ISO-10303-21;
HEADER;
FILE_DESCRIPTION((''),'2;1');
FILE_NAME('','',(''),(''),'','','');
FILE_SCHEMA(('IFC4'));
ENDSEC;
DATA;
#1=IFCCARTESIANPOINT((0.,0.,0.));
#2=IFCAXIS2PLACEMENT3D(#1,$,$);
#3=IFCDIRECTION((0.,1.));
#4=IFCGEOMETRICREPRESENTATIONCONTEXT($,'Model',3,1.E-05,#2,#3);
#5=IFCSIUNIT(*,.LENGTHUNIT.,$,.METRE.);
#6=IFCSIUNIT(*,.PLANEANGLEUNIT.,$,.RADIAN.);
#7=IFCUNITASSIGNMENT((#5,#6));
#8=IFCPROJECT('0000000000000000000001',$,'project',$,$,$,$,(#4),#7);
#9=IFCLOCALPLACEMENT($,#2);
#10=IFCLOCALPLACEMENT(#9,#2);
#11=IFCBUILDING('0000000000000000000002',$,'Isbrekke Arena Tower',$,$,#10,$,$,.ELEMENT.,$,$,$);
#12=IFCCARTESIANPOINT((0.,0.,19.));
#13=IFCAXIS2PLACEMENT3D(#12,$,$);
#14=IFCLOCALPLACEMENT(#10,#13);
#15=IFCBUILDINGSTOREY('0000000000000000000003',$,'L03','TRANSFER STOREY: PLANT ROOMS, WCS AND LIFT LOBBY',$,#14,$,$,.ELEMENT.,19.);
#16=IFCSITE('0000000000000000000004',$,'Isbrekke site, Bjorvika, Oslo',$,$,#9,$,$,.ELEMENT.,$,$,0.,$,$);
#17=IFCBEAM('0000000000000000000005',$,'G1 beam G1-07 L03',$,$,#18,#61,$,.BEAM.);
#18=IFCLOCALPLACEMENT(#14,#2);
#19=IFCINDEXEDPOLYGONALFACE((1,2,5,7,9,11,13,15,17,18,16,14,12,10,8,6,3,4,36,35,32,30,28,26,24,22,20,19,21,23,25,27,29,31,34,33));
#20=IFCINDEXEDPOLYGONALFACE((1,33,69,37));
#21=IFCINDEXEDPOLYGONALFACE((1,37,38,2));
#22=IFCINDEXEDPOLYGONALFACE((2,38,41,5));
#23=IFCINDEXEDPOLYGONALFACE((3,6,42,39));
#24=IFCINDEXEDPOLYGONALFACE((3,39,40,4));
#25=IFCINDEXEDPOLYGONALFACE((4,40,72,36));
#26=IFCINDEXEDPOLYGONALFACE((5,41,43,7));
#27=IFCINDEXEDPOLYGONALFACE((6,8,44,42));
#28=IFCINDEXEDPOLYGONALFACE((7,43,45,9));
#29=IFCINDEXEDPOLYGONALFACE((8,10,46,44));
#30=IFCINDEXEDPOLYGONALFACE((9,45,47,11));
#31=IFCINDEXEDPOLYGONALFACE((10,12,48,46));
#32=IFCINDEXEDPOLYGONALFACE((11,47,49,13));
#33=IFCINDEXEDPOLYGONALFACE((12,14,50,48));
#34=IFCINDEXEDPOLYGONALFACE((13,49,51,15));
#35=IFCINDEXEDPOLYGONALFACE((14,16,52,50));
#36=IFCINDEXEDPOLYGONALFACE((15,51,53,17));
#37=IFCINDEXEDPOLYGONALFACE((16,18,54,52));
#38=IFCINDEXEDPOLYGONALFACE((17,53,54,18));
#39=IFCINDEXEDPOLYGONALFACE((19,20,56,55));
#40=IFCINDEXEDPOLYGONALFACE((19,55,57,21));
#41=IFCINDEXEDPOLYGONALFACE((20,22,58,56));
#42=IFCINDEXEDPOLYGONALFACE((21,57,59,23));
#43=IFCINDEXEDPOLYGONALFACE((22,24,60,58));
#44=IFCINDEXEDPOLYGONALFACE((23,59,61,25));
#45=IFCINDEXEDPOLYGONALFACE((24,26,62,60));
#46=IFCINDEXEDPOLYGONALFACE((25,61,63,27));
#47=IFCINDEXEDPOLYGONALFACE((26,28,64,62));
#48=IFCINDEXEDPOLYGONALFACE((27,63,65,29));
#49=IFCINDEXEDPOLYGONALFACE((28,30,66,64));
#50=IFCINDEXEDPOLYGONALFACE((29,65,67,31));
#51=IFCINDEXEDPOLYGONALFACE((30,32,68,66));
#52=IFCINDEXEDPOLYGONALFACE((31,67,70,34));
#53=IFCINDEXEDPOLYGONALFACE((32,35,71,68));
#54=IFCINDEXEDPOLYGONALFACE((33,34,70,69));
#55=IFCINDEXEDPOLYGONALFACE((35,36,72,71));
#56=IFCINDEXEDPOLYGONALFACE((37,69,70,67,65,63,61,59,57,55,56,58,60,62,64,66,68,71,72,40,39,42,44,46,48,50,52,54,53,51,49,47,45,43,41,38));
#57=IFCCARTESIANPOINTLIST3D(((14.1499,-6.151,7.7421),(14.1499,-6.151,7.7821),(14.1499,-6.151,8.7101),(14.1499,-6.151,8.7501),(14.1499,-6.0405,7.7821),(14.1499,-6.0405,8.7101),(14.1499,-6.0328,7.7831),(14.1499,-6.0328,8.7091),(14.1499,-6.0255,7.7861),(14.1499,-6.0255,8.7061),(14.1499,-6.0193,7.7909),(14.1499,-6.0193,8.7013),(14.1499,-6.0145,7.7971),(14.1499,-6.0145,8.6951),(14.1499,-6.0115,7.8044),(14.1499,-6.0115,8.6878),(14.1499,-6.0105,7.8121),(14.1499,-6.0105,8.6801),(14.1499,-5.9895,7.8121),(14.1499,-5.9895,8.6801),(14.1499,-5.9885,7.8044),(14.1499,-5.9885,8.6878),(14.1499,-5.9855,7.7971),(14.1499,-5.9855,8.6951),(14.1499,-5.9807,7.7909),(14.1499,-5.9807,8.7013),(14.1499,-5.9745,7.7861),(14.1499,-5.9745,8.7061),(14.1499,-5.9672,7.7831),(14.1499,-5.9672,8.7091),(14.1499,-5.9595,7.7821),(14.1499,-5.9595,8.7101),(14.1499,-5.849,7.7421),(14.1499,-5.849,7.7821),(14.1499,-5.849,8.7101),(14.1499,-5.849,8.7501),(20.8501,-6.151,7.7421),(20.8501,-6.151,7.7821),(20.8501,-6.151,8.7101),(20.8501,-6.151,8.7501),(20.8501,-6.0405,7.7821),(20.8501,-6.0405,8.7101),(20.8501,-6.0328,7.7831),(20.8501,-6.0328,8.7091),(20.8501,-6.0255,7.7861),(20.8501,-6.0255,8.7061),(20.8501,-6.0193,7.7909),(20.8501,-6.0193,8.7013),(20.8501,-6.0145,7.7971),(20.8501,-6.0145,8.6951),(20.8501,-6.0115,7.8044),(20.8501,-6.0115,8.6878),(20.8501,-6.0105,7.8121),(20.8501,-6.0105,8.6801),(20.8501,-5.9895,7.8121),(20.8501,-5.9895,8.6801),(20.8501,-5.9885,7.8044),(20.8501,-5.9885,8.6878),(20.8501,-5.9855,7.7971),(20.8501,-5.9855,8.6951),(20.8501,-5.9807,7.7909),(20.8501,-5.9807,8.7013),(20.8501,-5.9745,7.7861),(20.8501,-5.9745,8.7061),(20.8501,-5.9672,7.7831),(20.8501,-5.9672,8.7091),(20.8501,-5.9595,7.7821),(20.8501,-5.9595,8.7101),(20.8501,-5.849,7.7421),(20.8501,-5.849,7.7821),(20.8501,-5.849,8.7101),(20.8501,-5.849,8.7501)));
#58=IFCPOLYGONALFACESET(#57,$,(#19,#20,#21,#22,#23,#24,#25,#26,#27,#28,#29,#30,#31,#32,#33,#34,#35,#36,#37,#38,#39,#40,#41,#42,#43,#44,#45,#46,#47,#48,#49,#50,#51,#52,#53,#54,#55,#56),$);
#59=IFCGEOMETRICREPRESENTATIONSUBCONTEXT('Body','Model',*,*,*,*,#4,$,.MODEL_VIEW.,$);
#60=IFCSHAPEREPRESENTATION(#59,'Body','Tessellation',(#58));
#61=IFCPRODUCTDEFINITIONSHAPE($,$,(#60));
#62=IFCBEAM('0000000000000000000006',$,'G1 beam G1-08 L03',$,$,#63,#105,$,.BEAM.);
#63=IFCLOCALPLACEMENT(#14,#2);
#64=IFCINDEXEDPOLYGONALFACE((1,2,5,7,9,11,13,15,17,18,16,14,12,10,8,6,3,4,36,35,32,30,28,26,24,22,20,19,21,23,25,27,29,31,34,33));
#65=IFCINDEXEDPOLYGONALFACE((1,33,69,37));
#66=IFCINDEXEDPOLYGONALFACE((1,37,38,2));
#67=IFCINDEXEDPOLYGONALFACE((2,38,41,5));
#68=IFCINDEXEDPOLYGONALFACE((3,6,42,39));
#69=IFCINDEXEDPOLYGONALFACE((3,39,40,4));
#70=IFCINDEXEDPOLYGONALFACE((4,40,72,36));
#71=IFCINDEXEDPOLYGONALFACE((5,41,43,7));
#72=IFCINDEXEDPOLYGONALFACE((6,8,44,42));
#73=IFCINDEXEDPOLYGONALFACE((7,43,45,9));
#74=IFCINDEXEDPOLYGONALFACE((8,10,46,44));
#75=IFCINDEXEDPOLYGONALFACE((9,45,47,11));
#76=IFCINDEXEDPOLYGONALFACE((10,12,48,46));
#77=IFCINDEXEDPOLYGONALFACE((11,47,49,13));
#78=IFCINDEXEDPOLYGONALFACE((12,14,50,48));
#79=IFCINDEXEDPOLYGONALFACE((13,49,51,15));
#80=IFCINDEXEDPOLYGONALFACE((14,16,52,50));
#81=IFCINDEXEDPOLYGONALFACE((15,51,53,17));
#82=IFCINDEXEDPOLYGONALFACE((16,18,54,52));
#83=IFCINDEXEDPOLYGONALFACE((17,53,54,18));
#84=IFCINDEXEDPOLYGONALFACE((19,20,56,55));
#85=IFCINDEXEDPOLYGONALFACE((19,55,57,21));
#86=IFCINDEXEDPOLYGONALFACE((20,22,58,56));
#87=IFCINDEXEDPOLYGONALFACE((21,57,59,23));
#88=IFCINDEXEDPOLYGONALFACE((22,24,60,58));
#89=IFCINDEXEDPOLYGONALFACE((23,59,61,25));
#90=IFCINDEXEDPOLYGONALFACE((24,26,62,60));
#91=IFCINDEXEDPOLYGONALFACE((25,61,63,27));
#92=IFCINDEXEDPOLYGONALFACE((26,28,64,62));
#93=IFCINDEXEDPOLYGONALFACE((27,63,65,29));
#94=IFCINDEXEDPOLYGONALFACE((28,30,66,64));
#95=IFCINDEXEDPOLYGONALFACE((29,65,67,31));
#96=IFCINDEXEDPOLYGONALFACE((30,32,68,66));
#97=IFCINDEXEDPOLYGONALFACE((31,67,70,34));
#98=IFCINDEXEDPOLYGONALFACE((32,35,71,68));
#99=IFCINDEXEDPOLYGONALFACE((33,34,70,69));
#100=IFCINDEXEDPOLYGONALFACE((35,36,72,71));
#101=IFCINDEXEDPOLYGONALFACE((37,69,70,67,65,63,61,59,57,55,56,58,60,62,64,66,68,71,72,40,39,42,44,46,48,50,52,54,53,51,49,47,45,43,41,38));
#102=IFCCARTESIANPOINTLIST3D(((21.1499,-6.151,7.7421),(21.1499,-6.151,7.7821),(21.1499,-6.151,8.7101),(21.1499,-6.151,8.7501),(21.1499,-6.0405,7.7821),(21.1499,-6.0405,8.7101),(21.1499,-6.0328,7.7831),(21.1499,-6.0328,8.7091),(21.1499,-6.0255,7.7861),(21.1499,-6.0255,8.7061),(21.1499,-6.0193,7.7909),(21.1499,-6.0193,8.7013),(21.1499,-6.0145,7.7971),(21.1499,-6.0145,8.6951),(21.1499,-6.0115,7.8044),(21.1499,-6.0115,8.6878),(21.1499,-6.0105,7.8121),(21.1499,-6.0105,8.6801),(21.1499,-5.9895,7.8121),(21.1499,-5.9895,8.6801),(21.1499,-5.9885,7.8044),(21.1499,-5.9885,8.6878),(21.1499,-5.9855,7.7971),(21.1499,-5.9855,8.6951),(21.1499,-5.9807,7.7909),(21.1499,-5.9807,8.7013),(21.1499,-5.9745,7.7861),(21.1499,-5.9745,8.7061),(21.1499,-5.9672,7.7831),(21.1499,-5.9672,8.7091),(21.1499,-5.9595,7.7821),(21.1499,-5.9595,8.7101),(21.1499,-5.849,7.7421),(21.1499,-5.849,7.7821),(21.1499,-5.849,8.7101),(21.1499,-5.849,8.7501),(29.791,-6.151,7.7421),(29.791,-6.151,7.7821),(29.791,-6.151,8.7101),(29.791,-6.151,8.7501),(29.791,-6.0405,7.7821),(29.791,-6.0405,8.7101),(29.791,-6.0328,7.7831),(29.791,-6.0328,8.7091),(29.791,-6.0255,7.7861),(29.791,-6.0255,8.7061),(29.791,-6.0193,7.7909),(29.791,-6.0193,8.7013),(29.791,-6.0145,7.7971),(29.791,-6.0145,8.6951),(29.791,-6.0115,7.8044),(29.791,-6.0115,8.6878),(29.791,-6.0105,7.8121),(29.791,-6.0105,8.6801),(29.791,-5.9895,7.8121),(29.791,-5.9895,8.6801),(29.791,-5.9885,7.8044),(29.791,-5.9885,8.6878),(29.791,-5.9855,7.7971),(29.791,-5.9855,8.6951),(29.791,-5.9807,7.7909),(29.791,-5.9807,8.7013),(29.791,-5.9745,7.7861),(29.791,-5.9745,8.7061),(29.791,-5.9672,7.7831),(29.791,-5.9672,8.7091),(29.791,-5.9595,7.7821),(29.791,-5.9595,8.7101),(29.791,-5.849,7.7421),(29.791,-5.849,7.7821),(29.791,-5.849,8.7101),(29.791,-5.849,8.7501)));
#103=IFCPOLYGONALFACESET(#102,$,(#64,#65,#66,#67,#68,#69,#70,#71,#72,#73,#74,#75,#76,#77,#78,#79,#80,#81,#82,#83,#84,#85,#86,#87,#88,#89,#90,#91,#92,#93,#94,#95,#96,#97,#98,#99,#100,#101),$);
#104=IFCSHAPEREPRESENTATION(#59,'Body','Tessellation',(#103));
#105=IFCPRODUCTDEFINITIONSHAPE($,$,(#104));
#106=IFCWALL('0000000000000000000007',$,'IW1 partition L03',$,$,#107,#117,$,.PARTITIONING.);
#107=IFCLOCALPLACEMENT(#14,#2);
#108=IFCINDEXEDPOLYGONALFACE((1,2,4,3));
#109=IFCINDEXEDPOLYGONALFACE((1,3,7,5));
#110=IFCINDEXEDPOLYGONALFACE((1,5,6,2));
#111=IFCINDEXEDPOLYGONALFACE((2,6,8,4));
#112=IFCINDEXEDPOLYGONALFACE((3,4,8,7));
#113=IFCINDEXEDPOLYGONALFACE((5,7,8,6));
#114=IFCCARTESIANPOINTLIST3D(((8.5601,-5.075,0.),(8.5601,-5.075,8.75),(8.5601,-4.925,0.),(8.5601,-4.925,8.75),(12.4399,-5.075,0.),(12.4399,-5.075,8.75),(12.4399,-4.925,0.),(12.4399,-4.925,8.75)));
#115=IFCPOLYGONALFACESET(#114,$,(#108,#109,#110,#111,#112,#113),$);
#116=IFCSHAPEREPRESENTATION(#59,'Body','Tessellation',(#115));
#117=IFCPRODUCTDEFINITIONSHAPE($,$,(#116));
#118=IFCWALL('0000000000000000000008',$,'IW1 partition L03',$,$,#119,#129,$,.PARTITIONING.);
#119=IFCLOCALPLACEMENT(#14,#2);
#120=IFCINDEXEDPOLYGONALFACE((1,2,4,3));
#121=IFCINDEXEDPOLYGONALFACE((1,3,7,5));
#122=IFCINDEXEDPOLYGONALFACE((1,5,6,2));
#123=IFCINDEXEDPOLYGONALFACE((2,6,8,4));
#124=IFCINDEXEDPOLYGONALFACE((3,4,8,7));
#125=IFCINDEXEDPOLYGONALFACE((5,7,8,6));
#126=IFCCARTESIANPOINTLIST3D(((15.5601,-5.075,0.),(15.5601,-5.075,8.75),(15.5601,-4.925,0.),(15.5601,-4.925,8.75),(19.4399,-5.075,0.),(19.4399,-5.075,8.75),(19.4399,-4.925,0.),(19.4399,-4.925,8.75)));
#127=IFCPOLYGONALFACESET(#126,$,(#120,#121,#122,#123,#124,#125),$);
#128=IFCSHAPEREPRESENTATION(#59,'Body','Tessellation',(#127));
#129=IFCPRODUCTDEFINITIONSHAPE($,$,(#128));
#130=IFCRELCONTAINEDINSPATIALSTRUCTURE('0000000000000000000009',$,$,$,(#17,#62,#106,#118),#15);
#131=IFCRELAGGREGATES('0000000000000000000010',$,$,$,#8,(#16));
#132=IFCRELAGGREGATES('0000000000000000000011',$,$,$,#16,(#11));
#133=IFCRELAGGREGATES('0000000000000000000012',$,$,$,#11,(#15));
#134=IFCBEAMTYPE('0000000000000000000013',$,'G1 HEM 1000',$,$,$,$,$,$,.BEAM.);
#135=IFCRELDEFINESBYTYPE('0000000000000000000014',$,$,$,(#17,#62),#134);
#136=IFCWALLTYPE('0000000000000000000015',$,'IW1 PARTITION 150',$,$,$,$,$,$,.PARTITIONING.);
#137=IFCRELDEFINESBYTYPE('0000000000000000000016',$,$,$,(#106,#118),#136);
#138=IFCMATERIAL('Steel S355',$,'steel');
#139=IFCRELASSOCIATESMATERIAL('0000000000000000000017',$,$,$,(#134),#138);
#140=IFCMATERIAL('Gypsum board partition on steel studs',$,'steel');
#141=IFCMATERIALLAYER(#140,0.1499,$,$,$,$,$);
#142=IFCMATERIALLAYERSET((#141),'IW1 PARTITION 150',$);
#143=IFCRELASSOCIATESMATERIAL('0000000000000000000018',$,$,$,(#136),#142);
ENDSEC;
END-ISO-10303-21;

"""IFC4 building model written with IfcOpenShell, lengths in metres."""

from ifc_helpers import new_model, si_unit, direction, frame, frame_2d, origin, origin_2d, place, context, subcontext, project, spatial, rectangle, i_section, extrude, material, layer, layer_set, material_profile, profile_set, type_object, element, save


model = new_model("IFC4")

# Units and contexts
model_context = context("Model", 3, precision=1e-05, world=origin(), true_north=direction((0.0, 1.0)))
body_context = subcontext(model_context, "Body", "Model", "MODEL_VIEW")
ifc_project = project(units=[si_unit("LENGTHUNIT", "METRE"), si_unit("PLANEANGLEUNIT", "RADIAN")], contexts=[model_context])

# Site, building, storey
site_placement = place(None, origin())
site = spatial("IfcSite", under=ifc_project, at=site_placement, Name="Isbrekke site, Bjorvika, Oslo", CompositionType="ELEMENT", RefElevation=0.0)
building_placement = place(site_placement, origin())
building = spatial("IfcBuilding", under=site, at=building_placement, Name="Isbrekke Arena Tower", CompositionType="ELEMENT")
storey_placement = place(building_placement, frame((0.0, 0.0, 19.0)))
storey = spatial("IfcBuildingStorey", under=building, at=storey_placement, Name="L03", Description="TRANSFER STOREY: PLANT ROOMS, WCS AND LIFT LOBBY", CompositionType="ELEMENT", Elevation=19.0)

# Beams
ifc_material_1 = material(Name="Steel S355", Category="steel")
ifc_material_profile_1 = material_profile(ifc_material_1, i_section(OverallWidth=0.302, OverallDepth=1.0081, WebThickness=0.021, FlangeThickness=0.04, FilletRadius=0.03, at=origin_2d()), Name="HEM 1000")
ifc_profile_set_1 = profile_set([ifc_material_profile_1], Name="Steel S355")
beam_type_1 = type_object("IfcBeamType", Name="G1 HEM 1000", PredefinedType="BEAM", material=ifc_profile_set_1)
for number, where, z_axis, x_axis, name in (
    (1, (14.1499, -6.0, 8.2461), (1.0, 0.0, 0.0), (0.0, 1.0, 0.0), "G1 beam G1-07 L03"),
):
    element("IfcBeam", number, at=place(storey_placement, frame(where, z_axis=z_axis, x_axis=x_axis)), inside=storey, type_object=beam_type_1, Name=name, PredefinedType="BEAM", context=body_context, shape_type="SweptSolid", body=[
        extrude(i_section(OverallWidth=0.302, OverallDepth=1.0081, WebThickness=0.021, FlangeThickness=0.04, FilletRadius=0.03, at=origin_2d()), origin(), (0.0, 0.0, 1.0), 6.7002),
    ])
beam_1_placement = place(storey_placement, frame((21.1499, -6.0, 8.2461), z_axis=(1.0, 0.0, 0.0), x_axis=(0.0, 1.0, 0.0)))
element("IfcBeam", 2, at=beam_1_placement, inside=storey, type_object=beam_type_1, Name="G1 beam G1-08 L03", PredefinedType="BEAM", context=body_context, shape_type="SweptSolid", body=[
    extrude(i_section(OverallWidth=0.302, OverallDepth=1.0081, WebThickness=0.021, FlangeThickness=0.04, FilletRadius=0.03, at=origin_2d()), origin(), (0.0, 0.0, 1.0), 8.6411),
])

# Walls
ifc_material_2 = material(Name="Gypsum board partition on steel studs", Category="steel")
ifc_layer = layer(ifc_material_2, 0.1499)
ifc_layer_set = layer_set([ifc_layer], Name="IW1 PARTITION 150")
wall_type = type_object("IfcWallType", Name="IW1 PARTITION 150", PredefinedType="PARTITIONING", material=ifc_layer_set)
for number, where, z_axis, x_axis, name in (
    (3, (8.5601, -5.0, 0.0), (0.0, 0.0, 1.0), (1.0, 0.0, 0.0), "IW1 partition L03"),
    (4, (15.5601, -5.0, 0.0), (0.0, 0.0, 1.0), (1.0, 0.0, 0.0), "IW1 partition L03"),
):
    element("IfcWall", number, at=place(storey_placement, frame(where, z_axis=z_axis, x_axis=x_axis)), inside=storey, type_object=wall_type, Name=name, PredefinedType="PARTITIONING", context=body_context, shape_type="SweptSolid", body=[
        extrude(rectangle(XDim=3.8799, YDim=0.1499, at=frame_2d((1.9399, 0.0))), origin(), (0.0, 0.0, 1.0), 8.75),
    ])

save(model, "model.ifc")
